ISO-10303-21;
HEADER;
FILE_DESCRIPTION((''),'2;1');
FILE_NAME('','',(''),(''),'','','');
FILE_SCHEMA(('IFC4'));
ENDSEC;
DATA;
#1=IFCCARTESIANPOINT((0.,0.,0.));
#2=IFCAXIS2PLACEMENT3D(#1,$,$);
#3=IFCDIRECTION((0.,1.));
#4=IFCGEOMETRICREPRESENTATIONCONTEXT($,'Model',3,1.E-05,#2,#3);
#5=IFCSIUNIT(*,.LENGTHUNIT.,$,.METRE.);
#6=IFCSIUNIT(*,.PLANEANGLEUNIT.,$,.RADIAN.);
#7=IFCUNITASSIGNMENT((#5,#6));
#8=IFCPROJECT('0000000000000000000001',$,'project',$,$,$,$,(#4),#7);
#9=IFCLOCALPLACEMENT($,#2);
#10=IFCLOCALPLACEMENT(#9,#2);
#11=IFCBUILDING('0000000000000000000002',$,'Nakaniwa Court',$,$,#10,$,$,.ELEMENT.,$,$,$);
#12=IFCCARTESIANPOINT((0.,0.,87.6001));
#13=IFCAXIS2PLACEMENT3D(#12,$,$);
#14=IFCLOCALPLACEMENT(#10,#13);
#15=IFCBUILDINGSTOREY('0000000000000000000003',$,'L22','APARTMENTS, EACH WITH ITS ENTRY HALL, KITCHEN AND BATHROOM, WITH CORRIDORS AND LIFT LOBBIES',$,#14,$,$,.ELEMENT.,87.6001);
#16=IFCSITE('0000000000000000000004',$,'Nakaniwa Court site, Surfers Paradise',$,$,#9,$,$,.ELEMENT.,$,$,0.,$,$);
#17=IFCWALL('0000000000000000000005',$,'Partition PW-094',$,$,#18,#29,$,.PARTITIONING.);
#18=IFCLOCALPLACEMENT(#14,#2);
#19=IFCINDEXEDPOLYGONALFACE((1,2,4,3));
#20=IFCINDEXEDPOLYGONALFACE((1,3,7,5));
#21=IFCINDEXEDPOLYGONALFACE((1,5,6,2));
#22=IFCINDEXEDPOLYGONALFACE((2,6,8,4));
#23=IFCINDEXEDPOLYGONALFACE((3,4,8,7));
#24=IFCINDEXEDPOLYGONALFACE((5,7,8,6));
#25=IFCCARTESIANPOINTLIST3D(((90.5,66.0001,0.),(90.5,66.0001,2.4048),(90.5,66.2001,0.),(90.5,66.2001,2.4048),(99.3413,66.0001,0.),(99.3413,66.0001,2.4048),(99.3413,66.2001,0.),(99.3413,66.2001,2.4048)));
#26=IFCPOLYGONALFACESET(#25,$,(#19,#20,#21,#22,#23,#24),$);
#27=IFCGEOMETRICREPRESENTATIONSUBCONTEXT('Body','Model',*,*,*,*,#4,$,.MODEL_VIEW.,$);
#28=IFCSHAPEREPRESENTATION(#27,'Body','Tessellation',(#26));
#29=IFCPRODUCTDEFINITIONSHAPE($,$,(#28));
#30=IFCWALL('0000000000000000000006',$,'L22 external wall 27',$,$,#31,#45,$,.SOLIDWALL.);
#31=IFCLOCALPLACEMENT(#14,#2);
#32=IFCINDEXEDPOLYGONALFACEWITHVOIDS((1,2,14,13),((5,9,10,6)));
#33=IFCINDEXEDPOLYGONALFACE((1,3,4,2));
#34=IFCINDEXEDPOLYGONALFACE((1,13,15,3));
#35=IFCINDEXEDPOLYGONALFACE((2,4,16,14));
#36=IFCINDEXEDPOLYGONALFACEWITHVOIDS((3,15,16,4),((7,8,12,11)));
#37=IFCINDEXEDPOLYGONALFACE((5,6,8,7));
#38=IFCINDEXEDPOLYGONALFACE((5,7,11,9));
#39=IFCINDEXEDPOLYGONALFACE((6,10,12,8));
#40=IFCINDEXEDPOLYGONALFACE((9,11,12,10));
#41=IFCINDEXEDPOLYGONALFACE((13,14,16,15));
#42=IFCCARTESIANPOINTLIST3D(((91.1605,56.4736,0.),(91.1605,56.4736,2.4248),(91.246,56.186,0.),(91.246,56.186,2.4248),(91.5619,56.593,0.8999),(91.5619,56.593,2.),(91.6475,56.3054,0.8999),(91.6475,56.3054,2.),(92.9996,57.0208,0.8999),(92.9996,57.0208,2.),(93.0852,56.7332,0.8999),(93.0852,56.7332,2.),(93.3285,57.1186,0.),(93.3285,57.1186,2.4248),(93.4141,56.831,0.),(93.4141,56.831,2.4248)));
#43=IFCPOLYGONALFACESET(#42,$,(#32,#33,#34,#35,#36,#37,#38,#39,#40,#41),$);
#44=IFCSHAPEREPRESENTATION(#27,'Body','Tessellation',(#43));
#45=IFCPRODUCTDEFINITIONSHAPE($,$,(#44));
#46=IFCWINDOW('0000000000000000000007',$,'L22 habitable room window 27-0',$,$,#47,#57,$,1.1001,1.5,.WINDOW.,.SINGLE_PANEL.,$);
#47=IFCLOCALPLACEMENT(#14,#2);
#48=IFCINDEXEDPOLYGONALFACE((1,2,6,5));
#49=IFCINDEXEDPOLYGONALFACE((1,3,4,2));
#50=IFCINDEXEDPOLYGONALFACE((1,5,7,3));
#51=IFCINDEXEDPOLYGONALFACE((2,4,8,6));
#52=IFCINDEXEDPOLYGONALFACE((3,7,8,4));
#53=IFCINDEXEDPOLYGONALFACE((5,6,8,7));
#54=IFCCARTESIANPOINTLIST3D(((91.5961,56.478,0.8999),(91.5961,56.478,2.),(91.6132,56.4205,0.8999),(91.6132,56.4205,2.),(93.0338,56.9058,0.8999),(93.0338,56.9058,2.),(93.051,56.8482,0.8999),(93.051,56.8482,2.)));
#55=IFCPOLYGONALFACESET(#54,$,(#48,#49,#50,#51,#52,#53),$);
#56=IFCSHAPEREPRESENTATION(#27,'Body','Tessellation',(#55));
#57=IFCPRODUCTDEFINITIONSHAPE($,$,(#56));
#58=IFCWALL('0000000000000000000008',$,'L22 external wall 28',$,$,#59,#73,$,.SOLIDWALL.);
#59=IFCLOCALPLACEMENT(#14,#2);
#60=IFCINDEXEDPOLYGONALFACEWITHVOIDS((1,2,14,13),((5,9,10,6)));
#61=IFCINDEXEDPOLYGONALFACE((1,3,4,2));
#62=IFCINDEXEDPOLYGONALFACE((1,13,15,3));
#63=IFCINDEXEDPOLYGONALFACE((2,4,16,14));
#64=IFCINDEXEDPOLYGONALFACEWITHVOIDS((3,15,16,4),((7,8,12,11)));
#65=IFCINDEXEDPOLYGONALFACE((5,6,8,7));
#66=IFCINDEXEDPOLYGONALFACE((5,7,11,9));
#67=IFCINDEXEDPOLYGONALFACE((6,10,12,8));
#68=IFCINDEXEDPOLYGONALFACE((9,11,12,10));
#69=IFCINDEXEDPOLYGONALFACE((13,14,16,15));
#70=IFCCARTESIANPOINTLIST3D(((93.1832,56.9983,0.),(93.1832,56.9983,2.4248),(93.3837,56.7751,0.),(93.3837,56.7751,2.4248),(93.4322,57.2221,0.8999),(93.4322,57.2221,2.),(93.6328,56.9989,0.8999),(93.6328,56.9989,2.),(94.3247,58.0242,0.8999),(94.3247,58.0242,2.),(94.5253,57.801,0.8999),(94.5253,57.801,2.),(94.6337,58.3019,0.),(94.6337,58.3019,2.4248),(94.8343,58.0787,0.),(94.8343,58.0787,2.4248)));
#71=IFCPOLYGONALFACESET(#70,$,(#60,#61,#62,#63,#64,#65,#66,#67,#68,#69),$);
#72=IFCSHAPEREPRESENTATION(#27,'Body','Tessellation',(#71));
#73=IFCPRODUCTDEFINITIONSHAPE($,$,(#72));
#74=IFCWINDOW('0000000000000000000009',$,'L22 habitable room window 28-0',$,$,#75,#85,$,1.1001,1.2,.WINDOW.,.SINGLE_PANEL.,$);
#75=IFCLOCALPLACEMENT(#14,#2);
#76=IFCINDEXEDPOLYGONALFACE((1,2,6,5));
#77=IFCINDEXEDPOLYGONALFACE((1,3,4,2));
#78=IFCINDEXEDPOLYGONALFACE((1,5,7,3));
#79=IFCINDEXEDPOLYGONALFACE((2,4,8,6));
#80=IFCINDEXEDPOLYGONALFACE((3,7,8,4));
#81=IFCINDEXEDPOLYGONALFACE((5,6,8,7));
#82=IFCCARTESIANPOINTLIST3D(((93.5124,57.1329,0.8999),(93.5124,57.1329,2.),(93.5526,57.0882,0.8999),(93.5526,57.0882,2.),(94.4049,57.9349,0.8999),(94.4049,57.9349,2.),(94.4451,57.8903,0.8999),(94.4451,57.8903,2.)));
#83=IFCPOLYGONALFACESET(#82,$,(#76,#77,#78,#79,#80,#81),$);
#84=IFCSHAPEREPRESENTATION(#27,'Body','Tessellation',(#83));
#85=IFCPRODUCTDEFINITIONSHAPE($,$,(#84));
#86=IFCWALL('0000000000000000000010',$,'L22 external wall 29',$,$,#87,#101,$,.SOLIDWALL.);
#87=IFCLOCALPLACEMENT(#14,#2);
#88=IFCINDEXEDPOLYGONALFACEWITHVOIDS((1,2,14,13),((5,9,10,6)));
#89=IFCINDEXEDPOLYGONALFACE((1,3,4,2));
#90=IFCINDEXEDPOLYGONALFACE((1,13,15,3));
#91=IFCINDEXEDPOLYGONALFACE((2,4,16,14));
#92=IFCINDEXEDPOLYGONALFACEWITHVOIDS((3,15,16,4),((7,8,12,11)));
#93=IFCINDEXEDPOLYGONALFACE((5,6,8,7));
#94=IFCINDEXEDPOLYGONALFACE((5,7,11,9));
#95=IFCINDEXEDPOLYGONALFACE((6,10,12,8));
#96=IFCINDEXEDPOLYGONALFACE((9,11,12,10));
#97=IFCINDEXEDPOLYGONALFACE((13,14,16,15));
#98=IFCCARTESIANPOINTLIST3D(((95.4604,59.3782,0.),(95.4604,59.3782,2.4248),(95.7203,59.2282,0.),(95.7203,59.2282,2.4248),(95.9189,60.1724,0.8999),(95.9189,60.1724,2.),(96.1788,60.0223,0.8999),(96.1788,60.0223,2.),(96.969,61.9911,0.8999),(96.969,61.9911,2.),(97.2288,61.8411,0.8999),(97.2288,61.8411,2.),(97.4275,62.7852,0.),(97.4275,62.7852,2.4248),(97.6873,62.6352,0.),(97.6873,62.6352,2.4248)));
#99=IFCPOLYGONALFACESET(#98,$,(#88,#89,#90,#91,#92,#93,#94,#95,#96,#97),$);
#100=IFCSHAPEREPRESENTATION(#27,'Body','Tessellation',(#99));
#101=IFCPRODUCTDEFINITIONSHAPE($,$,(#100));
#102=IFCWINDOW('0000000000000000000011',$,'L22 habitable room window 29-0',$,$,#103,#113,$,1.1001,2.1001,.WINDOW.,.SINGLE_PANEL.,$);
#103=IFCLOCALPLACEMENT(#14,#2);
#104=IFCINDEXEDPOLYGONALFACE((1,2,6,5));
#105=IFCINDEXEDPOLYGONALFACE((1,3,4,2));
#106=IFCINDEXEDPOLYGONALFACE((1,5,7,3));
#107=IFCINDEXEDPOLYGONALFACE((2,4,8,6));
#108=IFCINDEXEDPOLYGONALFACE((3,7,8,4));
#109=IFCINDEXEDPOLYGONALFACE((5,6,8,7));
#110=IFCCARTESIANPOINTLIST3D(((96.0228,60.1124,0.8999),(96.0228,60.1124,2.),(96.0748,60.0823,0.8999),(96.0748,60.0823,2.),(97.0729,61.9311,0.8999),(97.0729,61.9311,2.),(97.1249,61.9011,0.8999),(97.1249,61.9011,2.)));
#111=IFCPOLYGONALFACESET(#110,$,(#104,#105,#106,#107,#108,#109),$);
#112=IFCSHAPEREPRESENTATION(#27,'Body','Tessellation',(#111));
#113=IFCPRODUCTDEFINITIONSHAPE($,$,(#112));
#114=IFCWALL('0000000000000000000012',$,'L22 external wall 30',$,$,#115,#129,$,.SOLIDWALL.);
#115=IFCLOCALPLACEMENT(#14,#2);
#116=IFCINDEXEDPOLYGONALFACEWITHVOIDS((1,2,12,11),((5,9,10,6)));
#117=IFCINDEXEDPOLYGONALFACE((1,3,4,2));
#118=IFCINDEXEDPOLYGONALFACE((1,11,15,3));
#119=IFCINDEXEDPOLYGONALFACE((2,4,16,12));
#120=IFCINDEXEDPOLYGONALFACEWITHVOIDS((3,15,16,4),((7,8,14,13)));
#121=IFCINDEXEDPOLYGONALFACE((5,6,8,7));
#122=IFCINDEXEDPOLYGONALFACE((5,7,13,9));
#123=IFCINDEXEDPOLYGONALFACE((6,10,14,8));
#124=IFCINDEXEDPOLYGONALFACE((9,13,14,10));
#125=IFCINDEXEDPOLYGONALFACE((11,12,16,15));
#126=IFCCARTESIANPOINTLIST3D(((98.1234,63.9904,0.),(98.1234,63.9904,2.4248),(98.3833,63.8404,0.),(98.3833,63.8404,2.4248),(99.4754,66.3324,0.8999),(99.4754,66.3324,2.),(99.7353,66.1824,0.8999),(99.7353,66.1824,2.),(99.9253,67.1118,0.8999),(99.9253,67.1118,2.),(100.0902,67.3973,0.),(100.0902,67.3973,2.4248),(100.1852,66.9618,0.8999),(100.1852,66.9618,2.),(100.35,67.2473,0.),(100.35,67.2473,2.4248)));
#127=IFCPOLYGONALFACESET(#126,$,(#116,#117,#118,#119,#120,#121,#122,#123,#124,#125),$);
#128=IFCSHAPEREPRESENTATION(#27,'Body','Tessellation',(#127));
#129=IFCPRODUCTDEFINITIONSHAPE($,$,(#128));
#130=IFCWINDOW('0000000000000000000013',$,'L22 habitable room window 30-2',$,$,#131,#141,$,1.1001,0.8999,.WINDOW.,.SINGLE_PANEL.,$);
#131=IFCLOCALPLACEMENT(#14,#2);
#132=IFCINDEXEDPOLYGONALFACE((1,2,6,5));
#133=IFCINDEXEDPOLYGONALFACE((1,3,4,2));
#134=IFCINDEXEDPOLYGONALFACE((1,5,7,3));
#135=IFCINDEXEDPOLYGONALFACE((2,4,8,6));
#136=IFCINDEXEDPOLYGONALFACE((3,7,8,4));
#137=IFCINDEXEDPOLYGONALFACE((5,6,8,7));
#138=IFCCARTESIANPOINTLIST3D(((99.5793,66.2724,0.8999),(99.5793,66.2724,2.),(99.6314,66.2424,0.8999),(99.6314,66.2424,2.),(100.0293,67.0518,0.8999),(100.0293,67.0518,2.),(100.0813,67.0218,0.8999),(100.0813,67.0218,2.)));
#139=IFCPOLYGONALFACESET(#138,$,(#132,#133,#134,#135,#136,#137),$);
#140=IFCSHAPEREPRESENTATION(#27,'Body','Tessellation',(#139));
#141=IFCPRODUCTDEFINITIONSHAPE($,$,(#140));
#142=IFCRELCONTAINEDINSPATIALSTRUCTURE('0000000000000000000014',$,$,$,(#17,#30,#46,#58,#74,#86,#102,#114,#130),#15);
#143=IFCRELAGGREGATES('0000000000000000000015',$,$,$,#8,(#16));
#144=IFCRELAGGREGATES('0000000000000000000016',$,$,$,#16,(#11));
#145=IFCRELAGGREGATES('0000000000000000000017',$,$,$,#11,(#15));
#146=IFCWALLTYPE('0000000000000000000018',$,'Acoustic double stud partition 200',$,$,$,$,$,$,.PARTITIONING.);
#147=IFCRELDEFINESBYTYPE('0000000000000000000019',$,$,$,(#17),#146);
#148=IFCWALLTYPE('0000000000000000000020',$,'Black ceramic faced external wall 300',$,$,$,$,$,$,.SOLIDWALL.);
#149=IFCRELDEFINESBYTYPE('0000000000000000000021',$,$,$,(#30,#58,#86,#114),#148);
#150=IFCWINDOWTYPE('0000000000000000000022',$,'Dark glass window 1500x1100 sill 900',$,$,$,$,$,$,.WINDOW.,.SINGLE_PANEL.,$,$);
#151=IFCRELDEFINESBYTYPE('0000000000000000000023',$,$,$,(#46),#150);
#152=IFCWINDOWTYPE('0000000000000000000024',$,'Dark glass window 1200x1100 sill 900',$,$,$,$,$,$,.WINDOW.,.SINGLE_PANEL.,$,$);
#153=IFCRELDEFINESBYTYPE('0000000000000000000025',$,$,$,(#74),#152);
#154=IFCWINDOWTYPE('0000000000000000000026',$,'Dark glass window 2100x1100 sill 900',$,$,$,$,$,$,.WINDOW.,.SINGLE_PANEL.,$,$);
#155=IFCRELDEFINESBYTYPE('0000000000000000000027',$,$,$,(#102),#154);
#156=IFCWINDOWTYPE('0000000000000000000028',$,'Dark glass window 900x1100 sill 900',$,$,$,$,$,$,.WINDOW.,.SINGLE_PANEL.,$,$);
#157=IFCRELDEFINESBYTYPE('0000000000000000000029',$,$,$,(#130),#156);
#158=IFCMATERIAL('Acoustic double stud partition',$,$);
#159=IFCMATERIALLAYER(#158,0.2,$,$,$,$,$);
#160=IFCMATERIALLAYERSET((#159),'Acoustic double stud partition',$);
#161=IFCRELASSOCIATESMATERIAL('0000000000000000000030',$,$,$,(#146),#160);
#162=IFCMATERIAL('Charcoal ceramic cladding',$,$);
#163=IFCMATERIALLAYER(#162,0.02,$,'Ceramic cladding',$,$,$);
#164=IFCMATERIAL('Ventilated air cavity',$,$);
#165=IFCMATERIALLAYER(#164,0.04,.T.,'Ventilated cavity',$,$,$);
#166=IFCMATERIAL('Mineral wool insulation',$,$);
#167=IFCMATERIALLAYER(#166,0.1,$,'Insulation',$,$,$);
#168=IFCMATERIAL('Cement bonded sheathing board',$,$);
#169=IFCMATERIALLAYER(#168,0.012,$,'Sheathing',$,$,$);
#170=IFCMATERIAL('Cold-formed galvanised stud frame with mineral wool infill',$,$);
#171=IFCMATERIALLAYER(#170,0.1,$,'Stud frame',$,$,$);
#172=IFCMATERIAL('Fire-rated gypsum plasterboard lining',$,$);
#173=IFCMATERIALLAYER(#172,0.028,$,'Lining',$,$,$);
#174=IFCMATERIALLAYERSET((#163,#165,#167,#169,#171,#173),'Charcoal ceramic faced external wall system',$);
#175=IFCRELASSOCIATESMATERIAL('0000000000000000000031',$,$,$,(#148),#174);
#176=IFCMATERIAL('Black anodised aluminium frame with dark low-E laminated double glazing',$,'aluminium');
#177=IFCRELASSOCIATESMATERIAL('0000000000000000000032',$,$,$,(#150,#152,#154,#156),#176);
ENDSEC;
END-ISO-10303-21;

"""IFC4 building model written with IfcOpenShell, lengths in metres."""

from ifc_helpers import new_model, si_unit, direction, frame, frame_2d, origin, place, context, subcontext, project, spatial, rectangle, extrude, material, layer, layer_set, type_object, element, fill, save


model = new_model("IFC4")

# Units and contexts
model_context = context("Model", 3, precision=1e-05, world=origin(), true_north=direction((0.0, 1.0)))
body_context = subcontext(model_context, "Body", "Model", "MODEL_VIEW")
ifc_project = project(units=[si_unit("LENGTHUNIT", "METRE"), si_unit("PLANEANGLEUNIT", "RADIAN")], contexts=[model_context])

# Site, building, storey
site_placement = place(None, origin())
site = spatial("IfcSite", under=ifc_project, at=site_placement, Name="Nakaniwa Court site, Surfers Paradise", CompositionType="ELEMENT", RefElevation=0.0)
building_placement = place(site_placement, origin())
building = spatial("IfcBuilding", under=site, at=building_placement, Name="Nakaniwa Court", CompositionType="ELEMENT")
storey_placement = place(building_placement, frame((0.0, 0.0, 87.6001)))
storey = spatial("IfcBuildingStorey", under=building, at=storey_placement, Name="L22", Description="APARTMENTS, EACH WITH ITS ENTRY HALL, KITCHEN AND BATHROOM, WITH CORRIDORS AND LIFT LOBBIES", CompositionType="ELEMENT", Elevation=87.6001)

# Wall
ifc_material_1 = material(Name="Acoustic double stud partition")
ifc_layer_1 = layer(ifc_material_1, 0.2)
ifc_layer_set_1 = layer_set([ifc_layer_1], Name="Acoustic double stud partition")
wall_type_1 = type_object("IfcWallType", Name="Acoustic double stud partition 200", PredefinedType="PARTITIONING", material=ifc_layer_set_1)
wall_1_placement = place(storey_placement, frame((90.5, 66.1001, 0.0), z_axis=(0.0, 0.0, 1.0), x_axis=(1.0, 0.0, 0.0)))
element("IfcWall", 1, at=wall_1_placement, inside=storey, type_object=wall_type_1, Name="Partition PW-094", PredefinedType="PARTITIONING", context=body_context, shape_type="SweptSolid", body=[
    extrude(rectangle(XDim=8.8413, YDim=0.2, at=frame_2d((4.4207, 0.0))), origin(), (0.0, 0.0, 1.0), 2.4048),
])

# Walls, openings, windows
ifc_material_2 = material(Name="Charcoal ceramic cladding")
ifc_layer_2 = layer(ifc_material_2, 0.02, Name="Ceramic cladding")
ifc_material_3 = material(Name="Ventilated air cavity")
ifc_layer_3 = layer(ifc_material_3, 0.04, ventilated=True, Name="Ventilated cavity")
ifc_material_4 = material(Name="Mineral wool insulation")
ifc_layer_4 = layer(ifc_material_4, 0.1, Name="Insulation")
ifc_material_5 = material(Name="Cement bonded sheathing board")
ifc_layer_5 = layer(ifc_material_5, 0.012, Name="Sheathing")
ifc_material_6 = material(Name="Cold-formed galvanised stud frame with mineral wool infill")
ifc_layer_6 = layer(ifc_material_6, 0.1, Name="Stud frame")
ifc_material_7 = material(Name="Fire-rated gypsum plasterboard lining")
ifc_layer_7 = layer(ifc_material_7, 0.028, Name="Lining")
ifc_layer_set_2 = layer_set([ifc_layer_2, ifc_layer_3, ifc_layer_4, ifc_layer_5, ifc_layer_6, ifc_layer_7], Name="Charcoal ceramic faced external wall system")
wall_type_2 = type_object("IfcWallType", Name="Black ceramic faced external wall 300", PredefinedType="SOLIDWALL", material=ifc_layer_set_2)
wall_2_placement = place(storey_placement, frame((91.2034, 56.3298, 0.0), z_axis=(0.0, 0.0, 1.0), x_axis=(0.958477, 0.285169, 0.0)))
wall_2 = element("IfcWall", 2, at=wall_2_placement, inside=storey, type_object=wall_type_2, Name="L22 external wall 27", PredefinedType="SOLIDWALL", context=body_context, shape_type="SweptSolid", body=[
    extrude(rectangle(XDim=2.262, YDim=0.3, at=frame_2d((1.1309, 0.0))), origin(), (0.0, 0.0, 1.0), 2.4248),
])
opening_1_placement = place(wall_2_placement, frame((0.4187, 0.0, 0.8999)))
opening_1 = element("IfcOpeningElement", 3, at=opening_1_placement, cuts=wall_2, PredefinedType="OPENING", context=body_context, shape_type="SweptSolid", body=[
    extrude(rectangle(XDim=1.5, YDim=1.1001, at=frame_2d((0.75, 0.55))), frame((0.0, 0.1599, 0.0), z_axis=(0.0, -1.0, 0.0), x_axis=(1.0, 0.0, 0.0)), (0.0, 0.0, 1.0), 0.3201),
])
ifc_material_8 = material(Name="Black anodised aluminium frame with dark low-E laminated double glazing", Category="aluminium")
window_type_1 = type_object("IfcWindowType", Name="Dark glass window 1500x1100 sill 900", PartitioningType="SINGLE_PANEL", PredefinedType="WINDOW", material=ifc_material_8)
window_1_placement = place(opening_1_placement, origin())
window_1 = element("IfcWindow", 4, at=window_1_placement, inside=storey, type_object=window_type_1, Name="L22 habitable room window 27-0", OverallHeight=1.1001, OverallWidth=1.5, PartitioningType="SINGLE_PANEL", PredefinedType="WINDOW", context=body_context, shape_type="SweptSolid", body=[
    extrude(rectangle(XDim=1.5, YDim=1.1001, at=frame_2d((0.75, 0.55))), frame((0.0, 0.03, 0.0), z_axis=(0.0, -1.0, 0.0), x_axis=(1.0, 0.0, 0.0)), (0.0, 0.0, 1.0), 0.0601),
])
fill(opening_1, window_1)
wall_3_placement = place(storey_placement, frame((93.2834, 56.8867, 0.0), z_axis=(0.0, 0.0, 1.0), x_axis=(0.743786, 0.668418, 0.0)))
wall_3 = element("IfcWall", 5, at=wall_3_placement, inside=storey, type_object=wall_type_2, Name="L22 external wall 28", PredefinedType="SOLIDWALL", context=body_context, shape_type="SweptSolid", body=[
    extrude(rectangle(XDim=1.9502, YDim=0.3, at=frame_2d((0.9751, 0.0))), origin(), (0.0, 0.0, 1.0), 2.4248),
])
opening_2_placement = place(wall_3_placement, frame((0.3347, 0.0, 0.8999)))
opening_2 = element("IfcOpeningElement", 6, at=opening_2_placement, cuts=wall_3, PredefinedType="OPENING", context=body_context, shape_type="SweptSolid", body=[
    extrude(rectangle(XDim=1.2, YDim=1.1001, at=frame_2d((0.6001, 0.55))), frame((0.0, 0.1599, 0.0), z_axis=(0.0, -1.0, 0.0), x_axis=(1.0, 0.0, 0.0)), (0.0, 0.0, 1.0), 0.3201),
])
window_type_2 = type_object("IfcWindowType", Name="Dark glass window 1200x1100 sill 900", PartitioningType="SINGLE_PANEL", PredefinedType="WINDOW", material=ifc_material_8)
window_2_placement = place(opening_2_placement, origin())
window_2 = element("IfcWindow", 7, at=window_2_placement, inside=storey, type_object=window_type_2, Name="L22 habitable room window 28-0", OverallHeight=1.1001, OverallWidth=1.2, PartitioningType="SINGLE_PANEL", PredefinedType="WINDOW", context=body_context, shape_type="SweptSolid", body=[
    extrude(rectangle(XDim=1.2, YDim=1.1001, at=frame_2d((0.6001, 0.55))), frame((0.0, 0.03, 0.0), z_axis=(0.0, -1.0, 0.0), x_axis=(1.0, 0.0, 0.0)), (0.0, 0.0, 1.0), 0.0601),
])
fill(opening_2, window_2)
wall_4_placement = place(storey_placement, frame((95.5903, 59.3032, 0.0), z_axis=(0.0, 0.0, 1.0), x_axis=(0.500004, 0.866023, 0.0)))
wall_4 = element("IfcWall", 8, at=wall_4_placement, inside=storey, type_object=wall_type_2, Name="L22 external wall 29", PredefinedType="SOLIDWALL", context=body_context, shape_type="SweptSolid", body=[
    extrude(rectangle(XDim=3.9341, YDim=0.3, at=frame_2d((1.967, 0.0))), origin(), (0.0, 0.0, 1.0), 2.4248),
])
opening_3_placement = place(wall_4_placement, frame((0.917, 0.0, 0.8999)))
opening_3 = element("IfcOpeningElement", 9, at=opening_3_placement, cuts=wall_4, PredefinedType="OPENING", context=body_context, shape_type="SweptSolid", body=[
    extrude(rectangle(XDim=2.1001, YDim=1.1001, at=frame_2d((1.05, 0.55))), frame((0.0, 0.1599, 0.0), z_axis=(0.0, -1.0, 0.0), x_axis=(1.0, 0.0, 0.0)), (0.0, 0.0, 1.0), 0.3201),
])
window_type_3 = type_object("IfcWindowType", Name="Dark glass window 2100x1100 sill 900", PartitioningType="SINGLE_PANEL", PredefinedType="WINDOW", material=ifc_material_8)
window_3_placement = place(opening_3_placement, origin())
window_3 = element("IfcWindow", 10, at=window_3_placement, inside=storey, type_object=window_type_3, Name="L22 habitable room window 29-0", OverallHeight=1.1001, OverallWidth=2.1001, PartitioningType="SINGLE_PANEL", PredefinedType="WINDOW", context=body_context, shape_type="SweptSolid", body=[
    extrude(rectangle(XDim=2.1001, YDim=1.1001, at=frame_2d((1.05, 0.55))), frame((0.0, 0.03, 0.0), z_axis=(0.0, -1.0, 0.0), x_axis=(1.0, 0.0, 0.0)), (0.0, 0.0, 1.0), 0.0601),
])
fill(opening_3, window_3)
wall_5_placement = place(storey_placement, frame((98.2534, 63.9155, 0.0), z_axis=(0.0, 0.0, 1.0), x_axis=(0.499957, 0.86605, 0.0)))
wall_5 = element("IfcWall", 11, at=wall_5_placement, inside=storey, type_object=wall_type_2, Name="L22 external wall 30", PredefinedType="SOLIDWALL", context=body_context, shape_type="SweptSolid", body=[
    extrude(rectangle(XDim=3.9338, YDim=0.3, at=frame_2d((1.9668, 0.0))), origin(), (0.0, 0.0, 1.0), 2.4248),
])
opening_4_placement = place(wall_5_placement, frame((2.7041, 0.0, 0.8999)))
opening_4 = element("IfcOpeningElement", 12, at=opening_4_placement, cuts=wall_5, PredefinedType="OPENING", context=body_context, shape_type="SweptSolid", body=[
    extrude(rectangle(XDim=0.8999, YDim=1.1001, at=frame_2d((0.45, 0.55))), frame((0.0, 0.1599, 0.0), z_axis=(0.0, -1.0, 0.0), x_axis=(1.0, 0.0, 0.0)), (0.0, 0.0, 1.0), 0.3201),
])
window_type_4 = type_object("IfcWindowType", Name="Dark glass window 900x1100 sill 900", PartitioningType="SINGLE_PANEL", PredefinedType="WINDOW", material=ifc_material_8)
window_4_placement = place(opening_4_placement, origin())
window_4 = element("IfcWindow", 13, at=window_4_placement, inside=storey, type_object=window_type_4, Name="L22 habitable room window 30-2", OverallHeight=1.1001, OverallWidth=0.8999, PartitioningType="SINGLE_PANEL", PredefinedType="WINDOW", context=body_context, shape_type="SweptSolid", body=[
    extrude(rectangle(XDim=0.8999, YDim=1.1001, at=frame_2d((0.45, 0.55))), frame((0.0, 0.03, 0.0), z_axis=(0.0, -1.0, 0.0), x_axis=(1.0, 0.0, 0.0)), (0.0, 0.0, 1.0), 0.0601),
])
fill(opening_4, window_4)

save(model, "model.ifc")
